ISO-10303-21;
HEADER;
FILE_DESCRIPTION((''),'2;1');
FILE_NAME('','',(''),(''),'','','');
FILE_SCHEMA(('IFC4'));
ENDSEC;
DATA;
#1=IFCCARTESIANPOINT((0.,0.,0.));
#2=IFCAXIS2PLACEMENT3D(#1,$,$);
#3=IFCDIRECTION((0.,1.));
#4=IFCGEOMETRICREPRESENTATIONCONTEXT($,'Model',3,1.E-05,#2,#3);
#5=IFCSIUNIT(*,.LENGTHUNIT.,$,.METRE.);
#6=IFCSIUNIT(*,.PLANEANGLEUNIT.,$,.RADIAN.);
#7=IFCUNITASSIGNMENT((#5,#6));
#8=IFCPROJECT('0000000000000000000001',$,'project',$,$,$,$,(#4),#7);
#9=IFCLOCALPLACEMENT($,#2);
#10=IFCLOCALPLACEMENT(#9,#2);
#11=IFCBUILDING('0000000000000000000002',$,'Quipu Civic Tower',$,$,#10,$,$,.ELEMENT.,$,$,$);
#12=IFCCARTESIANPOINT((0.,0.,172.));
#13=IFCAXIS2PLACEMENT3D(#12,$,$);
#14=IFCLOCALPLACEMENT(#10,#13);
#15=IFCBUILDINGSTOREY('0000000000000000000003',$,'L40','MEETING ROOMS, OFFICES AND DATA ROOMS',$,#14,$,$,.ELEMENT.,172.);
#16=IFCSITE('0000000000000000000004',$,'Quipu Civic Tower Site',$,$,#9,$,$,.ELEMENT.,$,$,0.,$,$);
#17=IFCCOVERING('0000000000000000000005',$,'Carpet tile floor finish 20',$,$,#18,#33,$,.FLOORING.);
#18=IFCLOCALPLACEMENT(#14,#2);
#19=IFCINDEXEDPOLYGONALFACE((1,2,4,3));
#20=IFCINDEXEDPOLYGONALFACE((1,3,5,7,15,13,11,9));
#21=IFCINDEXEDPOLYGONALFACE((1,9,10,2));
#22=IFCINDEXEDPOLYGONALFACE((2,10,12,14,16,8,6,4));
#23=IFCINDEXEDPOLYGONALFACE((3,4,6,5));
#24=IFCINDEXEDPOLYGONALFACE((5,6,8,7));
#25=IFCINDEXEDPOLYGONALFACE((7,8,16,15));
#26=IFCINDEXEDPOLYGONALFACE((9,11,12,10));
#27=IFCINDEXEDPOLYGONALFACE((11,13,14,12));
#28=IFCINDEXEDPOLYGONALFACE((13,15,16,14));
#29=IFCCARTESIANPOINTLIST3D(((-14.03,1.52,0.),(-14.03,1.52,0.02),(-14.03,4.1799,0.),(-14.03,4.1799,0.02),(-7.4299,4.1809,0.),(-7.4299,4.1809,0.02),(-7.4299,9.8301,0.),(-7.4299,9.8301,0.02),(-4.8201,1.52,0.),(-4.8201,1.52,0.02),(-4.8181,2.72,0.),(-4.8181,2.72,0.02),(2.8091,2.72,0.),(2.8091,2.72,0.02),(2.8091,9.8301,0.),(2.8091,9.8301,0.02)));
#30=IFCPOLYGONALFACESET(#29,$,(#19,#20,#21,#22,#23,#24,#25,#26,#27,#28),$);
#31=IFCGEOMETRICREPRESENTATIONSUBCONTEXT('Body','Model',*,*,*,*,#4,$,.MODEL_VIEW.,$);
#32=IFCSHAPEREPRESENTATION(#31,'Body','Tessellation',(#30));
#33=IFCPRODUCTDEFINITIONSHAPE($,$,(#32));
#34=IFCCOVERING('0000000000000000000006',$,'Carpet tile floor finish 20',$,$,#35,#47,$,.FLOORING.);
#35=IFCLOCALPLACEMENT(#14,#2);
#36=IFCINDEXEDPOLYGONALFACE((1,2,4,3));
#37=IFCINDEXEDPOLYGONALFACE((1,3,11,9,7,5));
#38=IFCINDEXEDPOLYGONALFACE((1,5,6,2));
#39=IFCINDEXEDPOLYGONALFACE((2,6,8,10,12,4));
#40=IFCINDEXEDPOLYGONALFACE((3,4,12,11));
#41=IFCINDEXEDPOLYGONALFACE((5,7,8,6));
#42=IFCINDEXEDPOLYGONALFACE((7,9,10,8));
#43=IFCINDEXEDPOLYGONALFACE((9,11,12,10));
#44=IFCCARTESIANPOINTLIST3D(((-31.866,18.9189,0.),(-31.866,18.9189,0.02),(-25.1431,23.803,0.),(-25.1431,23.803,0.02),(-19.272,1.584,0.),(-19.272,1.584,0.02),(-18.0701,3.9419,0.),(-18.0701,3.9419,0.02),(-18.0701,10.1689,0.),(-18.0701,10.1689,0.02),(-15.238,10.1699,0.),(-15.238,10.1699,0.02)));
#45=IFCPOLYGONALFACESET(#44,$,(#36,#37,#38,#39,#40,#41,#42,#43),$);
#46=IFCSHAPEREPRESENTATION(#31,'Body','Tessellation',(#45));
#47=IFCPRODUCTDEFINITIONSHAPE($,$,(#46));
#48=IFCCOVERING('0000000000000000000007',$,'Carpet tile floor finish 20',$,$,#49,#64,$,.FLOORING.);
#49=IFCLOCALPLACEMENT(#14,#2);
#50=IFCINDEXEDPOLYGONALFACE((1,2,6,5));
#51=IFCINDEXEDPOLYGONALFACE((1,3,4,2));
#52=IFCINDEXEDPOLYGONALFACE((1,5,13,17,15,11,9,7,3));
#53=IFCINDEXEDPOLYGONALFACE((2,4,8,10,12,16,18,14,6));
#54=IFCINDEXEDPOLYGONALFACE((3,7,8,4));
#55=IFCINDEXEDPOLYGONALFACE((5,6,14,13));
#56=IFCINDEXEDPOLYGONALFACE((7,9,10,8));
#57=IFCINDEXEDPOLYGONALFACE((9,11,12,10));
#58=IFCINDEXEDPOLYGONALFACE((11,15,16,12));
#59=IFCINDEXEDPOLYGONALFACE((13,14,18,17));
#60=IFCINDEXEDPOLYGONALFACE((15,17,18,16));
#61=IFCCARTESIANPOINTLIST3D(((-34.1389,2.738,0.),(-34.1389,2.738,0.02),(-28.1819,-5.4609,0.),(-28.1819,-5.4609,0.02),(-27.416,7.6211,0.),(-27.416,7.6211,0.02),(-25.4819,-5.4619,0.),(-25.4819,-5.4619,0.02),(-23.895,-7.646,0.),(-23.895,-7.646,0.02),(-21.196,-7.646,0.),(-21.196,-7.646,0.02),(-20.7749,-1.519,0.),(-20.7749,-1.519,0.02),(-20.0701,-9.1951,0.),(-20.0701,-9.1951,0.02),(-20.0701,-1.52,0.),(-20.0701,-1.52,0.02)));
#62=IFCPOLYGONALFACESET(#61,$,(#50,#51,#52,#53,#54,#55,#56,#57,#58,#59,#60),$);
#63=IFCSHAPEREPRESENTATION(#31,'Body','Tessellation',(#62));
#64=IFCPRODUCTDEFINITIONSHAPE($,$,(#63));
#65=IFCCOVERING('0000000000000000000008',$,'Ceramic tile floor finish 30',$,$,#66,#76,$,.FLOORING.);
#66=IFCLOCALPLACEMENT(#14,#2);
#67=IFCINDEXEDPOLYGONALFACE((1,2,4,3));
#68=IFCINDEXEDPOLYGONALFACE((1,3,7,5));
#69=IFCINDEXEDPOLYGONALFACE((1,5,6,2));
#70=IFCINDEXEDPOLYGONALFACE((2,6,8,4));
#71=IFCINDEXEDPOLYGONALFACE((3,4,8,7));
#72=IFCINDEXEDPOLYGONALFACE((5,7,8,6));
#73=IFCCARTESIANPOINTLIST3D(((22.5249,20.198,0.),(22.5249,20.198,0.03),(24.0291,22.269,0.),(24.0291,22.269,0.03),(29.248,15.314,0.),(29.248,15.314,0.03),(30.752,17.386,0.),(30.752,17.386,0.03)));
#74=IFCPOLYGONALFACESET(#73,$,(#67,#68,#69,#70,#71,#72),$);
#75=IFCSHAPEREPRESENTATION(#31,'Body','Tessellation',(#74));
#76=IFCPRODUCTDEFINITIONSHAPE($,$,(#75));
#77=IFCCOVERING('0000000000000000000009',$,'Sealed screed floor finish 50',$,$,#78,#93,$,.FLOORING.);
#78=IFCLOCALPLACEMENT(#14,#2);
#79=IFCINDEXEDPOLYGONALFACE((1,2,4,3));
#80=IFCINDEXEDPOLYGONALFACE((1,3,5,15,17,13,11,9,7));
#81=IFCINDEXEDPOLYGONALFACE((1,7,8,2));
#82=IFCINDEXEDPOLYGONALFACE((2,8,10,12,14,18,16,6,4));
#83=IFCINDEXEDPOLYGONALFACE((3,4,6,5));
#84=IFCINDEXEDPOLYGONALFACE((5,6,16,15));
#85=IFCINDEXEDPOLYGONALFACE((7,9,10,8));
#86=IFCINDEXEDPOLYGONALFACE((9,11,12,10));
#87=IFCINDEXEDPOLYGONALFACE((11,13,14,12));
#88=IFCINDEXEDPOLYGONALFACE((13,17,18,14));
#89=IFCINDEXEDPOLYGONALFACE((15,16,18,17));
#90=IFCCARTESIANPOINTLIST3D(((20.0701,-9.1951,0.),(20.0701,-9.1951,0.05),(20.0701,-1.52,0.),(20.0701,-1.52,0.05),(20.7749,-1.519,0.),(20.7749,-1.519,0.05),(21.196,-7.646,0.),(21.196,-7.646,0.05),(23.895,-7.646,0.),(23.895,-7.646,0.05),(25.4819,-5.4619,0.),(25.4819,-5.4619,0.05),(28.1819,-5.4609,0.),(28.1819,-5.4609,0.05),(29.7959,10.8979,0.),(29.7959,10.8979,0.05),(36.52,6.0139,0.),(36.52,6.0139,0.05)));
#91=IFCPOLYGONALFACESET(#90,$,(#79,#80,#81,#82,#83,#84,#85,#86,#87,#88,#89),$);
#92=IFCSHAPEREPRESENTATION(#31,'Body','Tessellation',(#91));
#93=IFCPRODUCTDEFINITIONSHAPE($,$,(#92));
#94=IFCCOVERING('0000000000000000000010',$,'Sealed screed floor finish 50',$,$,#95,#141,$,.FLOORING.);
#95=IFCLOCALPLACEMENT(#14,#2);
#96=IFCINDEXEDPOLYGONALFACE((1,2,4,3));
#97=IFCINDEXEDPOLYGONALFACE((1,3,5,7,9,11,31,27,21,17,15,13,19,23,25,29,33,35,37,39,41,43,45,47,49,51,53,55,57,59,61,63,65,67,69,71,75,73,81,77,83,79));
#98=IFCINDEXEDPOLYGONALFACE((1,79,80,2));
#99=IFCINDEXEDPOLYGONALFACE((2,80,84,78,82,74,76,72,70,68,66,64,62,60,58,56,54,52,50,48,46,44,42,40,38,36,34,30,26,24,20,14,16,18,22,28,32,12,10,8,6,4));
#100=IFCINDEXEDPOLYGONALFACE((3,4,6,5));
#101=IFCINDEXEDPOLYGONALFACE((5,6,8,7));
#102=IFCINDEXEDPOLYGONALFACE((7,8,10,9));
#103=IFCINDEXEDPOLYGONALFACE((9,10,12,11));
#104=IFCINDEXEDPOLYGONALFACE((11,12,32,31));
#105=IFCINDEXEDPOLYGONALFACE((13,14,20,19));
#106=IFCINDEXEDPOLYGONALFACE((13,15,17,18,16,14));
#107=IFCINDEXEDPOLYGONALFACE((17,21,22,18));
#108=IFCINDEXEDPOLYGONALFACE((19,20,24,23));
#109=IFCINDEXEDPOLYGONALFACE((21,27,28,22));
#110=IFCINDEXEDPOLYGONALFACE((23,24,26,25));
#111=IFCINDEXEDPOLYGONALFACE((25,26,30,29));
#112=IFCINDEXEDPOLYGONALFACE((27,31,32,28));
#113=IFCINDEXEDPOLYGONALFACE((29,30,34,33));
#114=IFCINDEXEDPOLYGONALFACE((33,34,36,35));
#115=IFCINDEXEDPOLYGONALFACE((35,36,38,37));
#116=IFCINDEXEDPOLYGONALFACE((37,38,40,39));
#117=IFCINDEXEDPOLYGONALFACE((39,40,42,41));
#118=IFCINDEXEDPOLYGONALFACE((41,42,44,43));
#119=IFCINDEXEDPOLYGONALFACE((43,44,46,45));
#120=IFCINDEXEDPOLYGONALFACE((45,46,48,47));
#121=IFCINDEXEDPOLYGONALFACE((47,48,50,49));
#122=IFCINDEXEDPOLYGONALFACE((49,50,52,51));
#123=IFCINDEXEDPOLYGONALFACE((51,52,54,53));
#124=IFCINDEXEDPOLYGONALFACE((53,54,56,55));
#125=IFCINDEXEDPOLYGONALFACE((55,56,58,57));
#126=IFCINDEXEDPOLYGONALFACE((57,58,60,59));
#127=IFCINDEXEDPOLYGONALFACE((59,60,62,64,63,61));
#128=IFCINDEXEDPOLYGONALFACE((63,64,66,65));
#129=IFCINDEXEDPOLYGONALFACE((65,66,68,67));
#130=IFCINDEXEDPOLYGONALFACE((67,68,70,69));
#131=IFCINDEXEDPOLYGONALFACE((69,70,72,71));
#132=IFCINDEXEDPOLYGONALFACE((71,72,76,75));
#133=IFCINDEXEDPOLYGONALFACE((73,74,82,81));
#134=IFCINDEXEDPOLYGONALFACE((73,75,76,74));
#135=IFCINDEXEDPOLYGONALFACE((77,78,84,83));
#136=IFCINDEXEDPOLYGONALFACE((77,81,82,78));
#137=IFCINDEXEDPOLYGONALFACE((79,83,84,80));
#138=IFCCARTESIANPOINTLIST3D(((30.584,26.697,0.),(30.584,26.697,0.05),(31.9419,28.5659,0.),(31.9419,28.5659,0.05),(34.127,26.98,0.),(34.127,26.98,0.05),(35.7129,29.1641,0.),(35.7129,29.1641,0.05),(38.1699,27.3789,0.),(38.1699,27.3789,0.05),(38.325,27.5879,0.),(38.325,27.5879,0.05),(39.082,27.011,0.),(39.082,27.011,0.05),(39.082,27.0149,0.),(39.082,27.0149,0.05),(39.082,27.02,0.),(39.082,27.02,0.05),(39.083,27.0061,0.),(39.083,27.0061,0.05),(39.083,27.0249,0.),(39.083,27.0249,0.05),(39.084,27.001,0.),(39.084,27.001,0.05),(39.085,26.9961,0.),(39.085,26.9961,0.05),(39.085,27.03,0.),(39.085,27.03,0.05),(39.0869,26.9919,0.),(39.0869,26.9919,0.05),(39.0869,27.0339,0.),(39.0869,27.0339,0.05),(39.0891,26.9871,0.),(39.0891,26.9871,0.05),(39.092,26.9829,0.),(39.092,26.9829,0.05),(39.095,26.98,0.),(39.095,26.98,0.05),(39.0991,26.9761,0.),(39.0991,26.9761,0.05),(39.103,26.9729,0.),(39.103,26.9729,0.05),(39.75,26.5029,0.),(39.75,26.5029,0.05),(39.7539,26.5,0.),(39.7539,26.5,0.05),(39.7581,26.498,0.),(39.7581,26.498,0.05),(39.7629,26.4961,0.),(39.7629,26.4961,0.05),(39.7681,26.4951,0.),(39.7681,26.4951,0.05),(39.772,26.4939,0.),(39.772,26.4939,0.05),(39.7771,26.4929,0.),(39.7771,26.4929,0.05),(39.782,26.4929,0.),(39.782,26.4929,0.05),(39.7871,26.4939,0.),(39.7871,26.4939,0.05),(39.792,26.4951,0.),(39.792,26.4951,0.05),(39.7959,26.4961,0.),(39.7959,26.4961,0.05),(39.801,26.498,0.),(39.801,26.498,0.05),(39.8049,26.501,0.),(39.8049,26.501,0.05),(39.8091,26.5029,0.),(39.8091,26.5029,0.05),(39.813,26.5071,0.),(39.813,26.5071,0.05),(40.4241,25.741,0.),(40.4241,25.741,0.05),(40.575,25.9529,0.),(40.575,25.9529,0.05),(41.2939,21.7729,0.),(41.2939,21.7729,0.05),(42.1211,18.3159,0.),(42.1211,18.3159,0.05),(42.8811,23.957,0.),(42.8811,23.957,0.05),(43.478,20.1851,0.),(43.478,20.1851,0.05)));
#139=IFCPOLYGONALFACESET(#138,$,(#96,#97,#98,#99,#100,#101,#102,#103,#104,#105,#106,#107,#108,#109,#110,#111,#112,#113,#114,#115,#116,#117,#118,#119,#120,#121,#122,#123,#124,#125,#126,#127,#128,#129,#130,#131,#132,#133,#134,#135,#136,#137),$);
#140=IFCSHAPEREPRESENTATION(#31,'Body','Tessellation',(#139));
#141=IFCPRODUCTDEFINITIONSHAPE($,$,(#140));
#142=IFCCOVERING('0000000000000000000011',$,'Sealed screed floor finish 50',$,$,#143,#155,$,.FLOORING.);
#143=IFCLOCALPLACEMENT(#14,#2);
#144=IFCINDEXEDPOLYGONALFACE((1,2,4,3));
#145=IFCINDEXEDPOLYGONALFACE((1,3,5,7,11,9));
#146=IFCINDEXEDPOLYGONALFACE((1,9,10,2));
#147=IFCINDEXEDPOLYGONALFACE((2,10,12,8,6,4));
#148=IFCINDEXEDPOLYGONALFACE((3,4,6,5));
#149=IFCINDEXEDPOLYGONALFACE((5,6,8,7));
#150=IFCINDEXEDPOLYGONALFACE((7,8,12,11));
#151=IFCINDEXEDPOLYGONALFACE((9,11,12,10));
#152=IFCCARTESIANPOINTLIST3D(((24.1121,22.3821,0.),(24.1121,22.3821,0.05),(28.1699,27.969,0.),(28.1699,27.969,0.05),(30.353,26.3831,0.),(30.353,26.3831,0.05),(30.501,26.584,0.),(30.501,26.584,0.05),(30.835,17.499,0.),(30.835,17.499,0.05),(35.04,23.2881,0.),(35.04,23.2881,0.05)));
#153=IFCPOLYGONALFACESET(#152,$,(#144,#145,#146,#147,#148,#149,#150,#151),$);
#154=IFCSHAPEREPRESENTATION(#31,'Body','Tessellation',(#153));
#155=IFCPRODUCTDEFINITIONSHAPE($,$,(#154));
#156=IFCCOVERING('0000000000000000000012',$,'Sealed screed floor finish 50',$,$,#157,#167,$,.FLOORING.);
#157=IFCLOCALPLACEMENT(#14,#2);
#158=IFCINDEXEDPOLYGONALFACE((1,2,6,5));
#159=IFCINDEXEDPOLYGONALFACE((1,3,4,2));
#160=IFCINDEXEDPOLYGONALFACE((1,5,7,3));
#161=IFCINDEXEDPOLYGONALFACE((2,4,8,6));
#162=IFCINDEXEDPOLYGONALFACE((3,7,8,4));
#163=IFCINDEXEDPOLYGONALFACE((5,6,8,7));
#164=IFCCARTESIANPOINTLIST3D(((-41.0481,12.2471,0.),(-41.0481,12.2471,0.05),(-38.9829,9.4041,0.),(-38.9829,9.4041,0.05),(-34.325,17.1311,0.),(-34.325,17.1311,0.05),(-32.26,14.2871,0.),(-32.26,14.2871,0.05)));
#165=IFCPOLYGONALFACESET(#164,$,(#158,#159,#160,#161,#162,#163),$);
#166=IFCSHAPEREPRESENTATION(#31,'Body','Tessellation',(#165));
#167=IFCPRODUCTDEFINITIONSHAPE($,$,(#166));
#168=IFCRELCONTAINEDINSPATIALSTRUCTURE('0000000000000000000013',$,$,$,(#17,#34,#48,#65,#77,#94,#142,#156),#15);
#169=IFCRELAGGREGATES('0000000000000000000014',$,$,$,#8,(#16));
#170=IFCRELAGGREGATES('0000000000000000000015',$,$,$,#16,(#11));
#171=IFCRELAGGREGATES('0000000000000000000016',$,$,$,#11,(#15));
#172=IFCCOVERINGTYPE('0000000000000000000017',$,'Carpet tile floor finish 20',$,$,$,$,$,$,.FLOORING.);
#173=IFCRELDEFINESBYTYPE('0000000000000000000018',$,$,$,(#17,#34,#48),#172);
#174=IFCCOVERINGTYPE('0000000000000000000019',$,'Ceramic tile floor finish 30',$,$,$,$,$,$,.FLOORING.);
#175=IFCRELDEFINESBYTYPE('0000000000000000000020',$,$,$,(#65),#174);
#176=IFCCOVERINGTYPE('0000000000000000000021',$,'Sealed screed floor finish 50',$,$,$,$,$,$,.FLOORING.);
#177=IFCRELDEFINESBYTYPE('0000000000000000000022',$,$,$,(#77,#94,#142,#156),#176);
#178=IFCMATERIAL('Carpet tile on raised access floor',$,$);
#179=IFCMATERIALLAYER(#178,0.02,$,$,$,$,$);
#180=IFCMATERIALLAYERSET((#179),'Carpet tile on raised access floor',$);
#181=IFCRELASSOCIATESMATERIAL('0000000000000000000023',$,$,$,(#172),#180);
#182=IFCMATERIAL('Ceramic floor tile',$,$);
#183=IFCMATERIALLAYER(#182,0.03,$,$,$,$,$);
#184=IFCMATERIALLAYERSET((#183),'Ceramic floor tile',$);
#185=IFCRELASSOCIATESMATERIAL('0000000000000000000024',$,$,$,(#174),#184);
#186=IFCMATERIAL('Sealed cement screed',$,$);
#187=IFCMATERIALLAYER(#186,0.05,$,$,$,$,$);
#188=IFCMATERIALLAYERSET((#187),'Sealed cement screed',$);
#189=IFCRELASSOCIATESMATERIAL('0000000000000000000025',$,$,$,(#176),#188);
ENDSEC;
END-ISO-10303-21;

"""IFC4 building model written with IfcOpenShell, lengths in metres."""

from ifc_helpers import new_model, si_unit, direction, frame, origin, place, context, subcontext, project, spatial, polyline, outline, extrude, material, layer, layer_set, type_object, element, save


model = new_model("IFC4")

# Units and contexts
model_context = context("Model", 3, precision=1e-05, world=origin(), true_north=direction((0.0, 1.0)))
body_context = subcontext(model_context, "Body", "Model", "MODEL_VIEW")
ifc_project = project(units=[si_unit("LENGTHUNIT", "METRE"), si_unit("PLANEANGLEUNIT", "RADIAN")], contexts=[model_context])

# Site, building, storey
site_placement = place(None, origin())
site = spatial("IfcSite", under=ifc_project, at=site_placement, Name="Quipu Civic Tower Site", CompositionType="ELEMENT", RefElevation=0.0)
building_placement = place(site_placement, origin())
building = spatial("IfcBuilding", under=site, at=building_placement, Name="Quipu Civic Tower", CompositionType="ELEMENT")
storey_placement = place(building_placement, frame((0.0, 0.0, 172.0)))
storey = spatial("IfcBuildingStorey", under=building, at=storey_placement, Name="L40", Description="MEETING ROOMS, OFFICES AND DATA ROOMS", CompositionType="ELEMENT", Elevation=172.0)

# Coverings
ifc_material_1 = material(Name="Carpet tile on raised access floor")
ifc_layer_1 = layer(ifc_material_1, 0.02)
ifc_layer_set_1 = layer_set([ifc_layer_1], Name="Carpet tile on raised access floor")
covering_type_1 = type_object("IfcCoveringType", Name="Carpet tile floor finish 20", PredefinedType="FLOORING", material=ifc_layer_set_1)
covering_1_placement = place(storey_placement, origin())
element("IfcCovering", 1, at=covering_1_placement, inside=storey, type_object=covering_type_1, Name="Carpet tile floor finish 20", PredefinedType="FLOORING", context=body_context, shape_type="SweptSolid", body=[
    extrude(outline(polyline([(-14.03, 1.52), (-14.03, 4.1799), (-7.4299, 4.1809), (-7.4299, 9.8301), (2.8091, 9.8301), (2.8091, 2.72), (-4.8181, 2.72), (-4.8201, 1.52), (-14.03, 1.52)])), origin(), (0.0, 0.0, 1.0), 0.02),
])
covering_2_placement = place(storey_placement, origin())
element("IfcCovering", 2, at=covering_2_placement, inside=storey, type_object=covering_type_1, Name="Carpet tile floor finish 20", PredefinedType="FLOORING", context=body_context, shape_type="SweptSolid", body=[
    extrude(outline(polyline([(-31.866, 18.9189), (-25.1431, 23.803), (-15.238, 10.1699), (-18.0701, 10.1689), (-18.0701, 3.9419), (-19.272, 1.584), (-31.866, 18.9189)])), origin(), (0.0, 0.0, 1.0), 0.02),
])
covering_3_placement = place(storey_placement, origin())
element("IfcCovering", 3, at=covering_3_placement, inside=storey, type_object=covering_type_1, Name="Carpet tile floor finish 20", PredefinedType="FLOORING", context=body_context, shape_type="SweptSolid", body=[
    extrude(outline(polyline([(-34.1389, 2.738), (-27.416, 7.6211), (-20.7749, -1.519), (-20.0701, -1.52), (-20.0701, -9.1951), (-21.196, -7.646), (-23.895, -7.646), (-25.4819, -5.4619), (-28.1819, -5.4609), (-34.1389, 2.738)])), origin(), (0.0, 0.0, 1.0), 0.02),
])
ifc_material_2 = material(Name="Ceramic floor tile")
ifc_layer_2 = layer(ifc_material_2, 0.03)
ifc_layer_set_2 = layer_set([ifc_layer_2], Name="Ceramic floor tile")
covering_type_2 = type_object("IfcCoveringType", Name="Ceramic tile floor finish 30", PredefinedType="FLOORING", material=ifc_layer_set_2)
covering_4_placement = place(storey_placement, origin())
element("IfcCovering", 4, at=covering_4_placement, inside=storey, type_object=covering_type_2, Name="Ceramic tile floor finish 30", PredefinedType="FLOORING", context=body_context, shape_type="SweptSolid", body=[
    extrude(outline(polyline([(22.5249, 20.198), (24.0291, 22.269), (30.752, 17.386), (29.248, 15.314), (22.5249, 20.198)])), origin(), (0.0, 0.0, 1.0), 0.03),
])
ifc_material_3 = material(Name="Sealed cement screed")
ifc_layer_3 = layer(ifc_material_3, 0.05)
ifc_layer_set_3 = layer_set([ifc_layer_3], Name="Sealed cement screed")
covering_type_3 = type_object("IfcCoveringType", Name="Sealed screed floor finish 50", PredefinedType="FLOORING", material=ifc_layer_set_3)
covering_5_placement = place(storey_placement, origin())
element("IfcCovering", 5, at=covering_5_placement, inside=storey, type_object=covering_type_3, Name="Sealed screed floor finish 50", PredefinedType="FLOORING", context=body_context, shape_type="SweptSolid", body=[
    extrude(outline(polyline([(20.0701, -9.1951), (20.0701, -1.52), (20.7749, -1.519), (29.7959, 10.8979), (36.52, 6.0139), (28.1819, -5.4609), (25.4819, -5.4619), (23.895, -7.646), (21.196, -7.646), (20.0701, -9.1951)])), origin(), (0.0, 0.0, 1.0), 0.05),
])
covering_6_placement = place(storey_placement, origin())
element("IfcCovering", 6, at=covering_6_placement, inside=storey, type_object=covering_type_3, Name="Sealed screed floor finish 50", PredefinedType="FLOORING", context=body_context, shape_type="SweptSolid", body=[
    extrude(outline(polyline([(30.584, 26.697), (31.9419, 28.5659), (34.127, 26.98), (35.7129, 29.1641), (38.1699, 27.3789), (38.325, 27.5879), (39.0869, 27.0339), (39.085, 27.03), (39.083, 27.0249), (39.082, 27.02), (39.082, 27.0149), (39.082, 27.011), (39.083, 27.0061), (39.084, 27.001), (39.085, 26.9961), (39.0869, 26.9919), (39.0891, 26.9871), (39.092, 26.9829), (39.095, 26.98), (39.0991, 26.9761), (39.103, 26.9729), (39.75, 26.5029), (39.7539, 26.5), (39.7581, 26.498), (39.7629, 26.4961), (39.7681, 26.4951), (39.772, 26.4939), (39.7771, 26.4929), (39.782, 26.4929), (39.7871, 26.4939), (39.792, 26.4951), (39.7959, 26.4961), (39.801, 26.498), (39.8049, 26.501), (39.8091, 26.5029), (39.813, 26.5071), (40.575, 25.9529), (40.4241, 25.741), (42.8811, 23.957), (41.2939, 21.7729), (43.478, 20.1851), (42.1211, 18.3159), (30.584, 26.697)])), origin(), (0.0, 0.0, 1.0), 0.05),
])
covering_7_placement = place(storey_placement, origin())
element("IfcCovering", 7, at=covering_7_placement, inside=storey, type_object=covering_type_3, Name="Sealed screed floor finish 50", PredefinedType="FLOORING", context=body_context, shape_type="SweptSolid", body=[
    extrude(outline(polyline([(24.1121, 22.3821), (28.1699, 27.969), (30.353, 26.3831), (30.501, 26.584), (35.04, 23.2881), (30.835, 17.499), (24.1121, 22.3821)])), origin(), (0.0, 0.0, 1.0), 0.05),
])
covering_8_placement = place(storey_placement, origin())
element("IfcCovering", 8, at=covering_8_placement, inside=storey, type_object=covering_type_3, Name="Sealed screed floor finish 50", PredefinedType="FLOORING", context=body_context, shape_type="SweptSolid", body=[
    extrude(outline(polyline([(-41.0481, 12.2471), (-34.325, 17.1311), (-32.26, 14.2871), (-38.9829, 9.4041), (-41.0481, 12.2471)])), origin(), (0.0, 0.0, 1.0), 0.05),
])

save(model, "model.ifc")
